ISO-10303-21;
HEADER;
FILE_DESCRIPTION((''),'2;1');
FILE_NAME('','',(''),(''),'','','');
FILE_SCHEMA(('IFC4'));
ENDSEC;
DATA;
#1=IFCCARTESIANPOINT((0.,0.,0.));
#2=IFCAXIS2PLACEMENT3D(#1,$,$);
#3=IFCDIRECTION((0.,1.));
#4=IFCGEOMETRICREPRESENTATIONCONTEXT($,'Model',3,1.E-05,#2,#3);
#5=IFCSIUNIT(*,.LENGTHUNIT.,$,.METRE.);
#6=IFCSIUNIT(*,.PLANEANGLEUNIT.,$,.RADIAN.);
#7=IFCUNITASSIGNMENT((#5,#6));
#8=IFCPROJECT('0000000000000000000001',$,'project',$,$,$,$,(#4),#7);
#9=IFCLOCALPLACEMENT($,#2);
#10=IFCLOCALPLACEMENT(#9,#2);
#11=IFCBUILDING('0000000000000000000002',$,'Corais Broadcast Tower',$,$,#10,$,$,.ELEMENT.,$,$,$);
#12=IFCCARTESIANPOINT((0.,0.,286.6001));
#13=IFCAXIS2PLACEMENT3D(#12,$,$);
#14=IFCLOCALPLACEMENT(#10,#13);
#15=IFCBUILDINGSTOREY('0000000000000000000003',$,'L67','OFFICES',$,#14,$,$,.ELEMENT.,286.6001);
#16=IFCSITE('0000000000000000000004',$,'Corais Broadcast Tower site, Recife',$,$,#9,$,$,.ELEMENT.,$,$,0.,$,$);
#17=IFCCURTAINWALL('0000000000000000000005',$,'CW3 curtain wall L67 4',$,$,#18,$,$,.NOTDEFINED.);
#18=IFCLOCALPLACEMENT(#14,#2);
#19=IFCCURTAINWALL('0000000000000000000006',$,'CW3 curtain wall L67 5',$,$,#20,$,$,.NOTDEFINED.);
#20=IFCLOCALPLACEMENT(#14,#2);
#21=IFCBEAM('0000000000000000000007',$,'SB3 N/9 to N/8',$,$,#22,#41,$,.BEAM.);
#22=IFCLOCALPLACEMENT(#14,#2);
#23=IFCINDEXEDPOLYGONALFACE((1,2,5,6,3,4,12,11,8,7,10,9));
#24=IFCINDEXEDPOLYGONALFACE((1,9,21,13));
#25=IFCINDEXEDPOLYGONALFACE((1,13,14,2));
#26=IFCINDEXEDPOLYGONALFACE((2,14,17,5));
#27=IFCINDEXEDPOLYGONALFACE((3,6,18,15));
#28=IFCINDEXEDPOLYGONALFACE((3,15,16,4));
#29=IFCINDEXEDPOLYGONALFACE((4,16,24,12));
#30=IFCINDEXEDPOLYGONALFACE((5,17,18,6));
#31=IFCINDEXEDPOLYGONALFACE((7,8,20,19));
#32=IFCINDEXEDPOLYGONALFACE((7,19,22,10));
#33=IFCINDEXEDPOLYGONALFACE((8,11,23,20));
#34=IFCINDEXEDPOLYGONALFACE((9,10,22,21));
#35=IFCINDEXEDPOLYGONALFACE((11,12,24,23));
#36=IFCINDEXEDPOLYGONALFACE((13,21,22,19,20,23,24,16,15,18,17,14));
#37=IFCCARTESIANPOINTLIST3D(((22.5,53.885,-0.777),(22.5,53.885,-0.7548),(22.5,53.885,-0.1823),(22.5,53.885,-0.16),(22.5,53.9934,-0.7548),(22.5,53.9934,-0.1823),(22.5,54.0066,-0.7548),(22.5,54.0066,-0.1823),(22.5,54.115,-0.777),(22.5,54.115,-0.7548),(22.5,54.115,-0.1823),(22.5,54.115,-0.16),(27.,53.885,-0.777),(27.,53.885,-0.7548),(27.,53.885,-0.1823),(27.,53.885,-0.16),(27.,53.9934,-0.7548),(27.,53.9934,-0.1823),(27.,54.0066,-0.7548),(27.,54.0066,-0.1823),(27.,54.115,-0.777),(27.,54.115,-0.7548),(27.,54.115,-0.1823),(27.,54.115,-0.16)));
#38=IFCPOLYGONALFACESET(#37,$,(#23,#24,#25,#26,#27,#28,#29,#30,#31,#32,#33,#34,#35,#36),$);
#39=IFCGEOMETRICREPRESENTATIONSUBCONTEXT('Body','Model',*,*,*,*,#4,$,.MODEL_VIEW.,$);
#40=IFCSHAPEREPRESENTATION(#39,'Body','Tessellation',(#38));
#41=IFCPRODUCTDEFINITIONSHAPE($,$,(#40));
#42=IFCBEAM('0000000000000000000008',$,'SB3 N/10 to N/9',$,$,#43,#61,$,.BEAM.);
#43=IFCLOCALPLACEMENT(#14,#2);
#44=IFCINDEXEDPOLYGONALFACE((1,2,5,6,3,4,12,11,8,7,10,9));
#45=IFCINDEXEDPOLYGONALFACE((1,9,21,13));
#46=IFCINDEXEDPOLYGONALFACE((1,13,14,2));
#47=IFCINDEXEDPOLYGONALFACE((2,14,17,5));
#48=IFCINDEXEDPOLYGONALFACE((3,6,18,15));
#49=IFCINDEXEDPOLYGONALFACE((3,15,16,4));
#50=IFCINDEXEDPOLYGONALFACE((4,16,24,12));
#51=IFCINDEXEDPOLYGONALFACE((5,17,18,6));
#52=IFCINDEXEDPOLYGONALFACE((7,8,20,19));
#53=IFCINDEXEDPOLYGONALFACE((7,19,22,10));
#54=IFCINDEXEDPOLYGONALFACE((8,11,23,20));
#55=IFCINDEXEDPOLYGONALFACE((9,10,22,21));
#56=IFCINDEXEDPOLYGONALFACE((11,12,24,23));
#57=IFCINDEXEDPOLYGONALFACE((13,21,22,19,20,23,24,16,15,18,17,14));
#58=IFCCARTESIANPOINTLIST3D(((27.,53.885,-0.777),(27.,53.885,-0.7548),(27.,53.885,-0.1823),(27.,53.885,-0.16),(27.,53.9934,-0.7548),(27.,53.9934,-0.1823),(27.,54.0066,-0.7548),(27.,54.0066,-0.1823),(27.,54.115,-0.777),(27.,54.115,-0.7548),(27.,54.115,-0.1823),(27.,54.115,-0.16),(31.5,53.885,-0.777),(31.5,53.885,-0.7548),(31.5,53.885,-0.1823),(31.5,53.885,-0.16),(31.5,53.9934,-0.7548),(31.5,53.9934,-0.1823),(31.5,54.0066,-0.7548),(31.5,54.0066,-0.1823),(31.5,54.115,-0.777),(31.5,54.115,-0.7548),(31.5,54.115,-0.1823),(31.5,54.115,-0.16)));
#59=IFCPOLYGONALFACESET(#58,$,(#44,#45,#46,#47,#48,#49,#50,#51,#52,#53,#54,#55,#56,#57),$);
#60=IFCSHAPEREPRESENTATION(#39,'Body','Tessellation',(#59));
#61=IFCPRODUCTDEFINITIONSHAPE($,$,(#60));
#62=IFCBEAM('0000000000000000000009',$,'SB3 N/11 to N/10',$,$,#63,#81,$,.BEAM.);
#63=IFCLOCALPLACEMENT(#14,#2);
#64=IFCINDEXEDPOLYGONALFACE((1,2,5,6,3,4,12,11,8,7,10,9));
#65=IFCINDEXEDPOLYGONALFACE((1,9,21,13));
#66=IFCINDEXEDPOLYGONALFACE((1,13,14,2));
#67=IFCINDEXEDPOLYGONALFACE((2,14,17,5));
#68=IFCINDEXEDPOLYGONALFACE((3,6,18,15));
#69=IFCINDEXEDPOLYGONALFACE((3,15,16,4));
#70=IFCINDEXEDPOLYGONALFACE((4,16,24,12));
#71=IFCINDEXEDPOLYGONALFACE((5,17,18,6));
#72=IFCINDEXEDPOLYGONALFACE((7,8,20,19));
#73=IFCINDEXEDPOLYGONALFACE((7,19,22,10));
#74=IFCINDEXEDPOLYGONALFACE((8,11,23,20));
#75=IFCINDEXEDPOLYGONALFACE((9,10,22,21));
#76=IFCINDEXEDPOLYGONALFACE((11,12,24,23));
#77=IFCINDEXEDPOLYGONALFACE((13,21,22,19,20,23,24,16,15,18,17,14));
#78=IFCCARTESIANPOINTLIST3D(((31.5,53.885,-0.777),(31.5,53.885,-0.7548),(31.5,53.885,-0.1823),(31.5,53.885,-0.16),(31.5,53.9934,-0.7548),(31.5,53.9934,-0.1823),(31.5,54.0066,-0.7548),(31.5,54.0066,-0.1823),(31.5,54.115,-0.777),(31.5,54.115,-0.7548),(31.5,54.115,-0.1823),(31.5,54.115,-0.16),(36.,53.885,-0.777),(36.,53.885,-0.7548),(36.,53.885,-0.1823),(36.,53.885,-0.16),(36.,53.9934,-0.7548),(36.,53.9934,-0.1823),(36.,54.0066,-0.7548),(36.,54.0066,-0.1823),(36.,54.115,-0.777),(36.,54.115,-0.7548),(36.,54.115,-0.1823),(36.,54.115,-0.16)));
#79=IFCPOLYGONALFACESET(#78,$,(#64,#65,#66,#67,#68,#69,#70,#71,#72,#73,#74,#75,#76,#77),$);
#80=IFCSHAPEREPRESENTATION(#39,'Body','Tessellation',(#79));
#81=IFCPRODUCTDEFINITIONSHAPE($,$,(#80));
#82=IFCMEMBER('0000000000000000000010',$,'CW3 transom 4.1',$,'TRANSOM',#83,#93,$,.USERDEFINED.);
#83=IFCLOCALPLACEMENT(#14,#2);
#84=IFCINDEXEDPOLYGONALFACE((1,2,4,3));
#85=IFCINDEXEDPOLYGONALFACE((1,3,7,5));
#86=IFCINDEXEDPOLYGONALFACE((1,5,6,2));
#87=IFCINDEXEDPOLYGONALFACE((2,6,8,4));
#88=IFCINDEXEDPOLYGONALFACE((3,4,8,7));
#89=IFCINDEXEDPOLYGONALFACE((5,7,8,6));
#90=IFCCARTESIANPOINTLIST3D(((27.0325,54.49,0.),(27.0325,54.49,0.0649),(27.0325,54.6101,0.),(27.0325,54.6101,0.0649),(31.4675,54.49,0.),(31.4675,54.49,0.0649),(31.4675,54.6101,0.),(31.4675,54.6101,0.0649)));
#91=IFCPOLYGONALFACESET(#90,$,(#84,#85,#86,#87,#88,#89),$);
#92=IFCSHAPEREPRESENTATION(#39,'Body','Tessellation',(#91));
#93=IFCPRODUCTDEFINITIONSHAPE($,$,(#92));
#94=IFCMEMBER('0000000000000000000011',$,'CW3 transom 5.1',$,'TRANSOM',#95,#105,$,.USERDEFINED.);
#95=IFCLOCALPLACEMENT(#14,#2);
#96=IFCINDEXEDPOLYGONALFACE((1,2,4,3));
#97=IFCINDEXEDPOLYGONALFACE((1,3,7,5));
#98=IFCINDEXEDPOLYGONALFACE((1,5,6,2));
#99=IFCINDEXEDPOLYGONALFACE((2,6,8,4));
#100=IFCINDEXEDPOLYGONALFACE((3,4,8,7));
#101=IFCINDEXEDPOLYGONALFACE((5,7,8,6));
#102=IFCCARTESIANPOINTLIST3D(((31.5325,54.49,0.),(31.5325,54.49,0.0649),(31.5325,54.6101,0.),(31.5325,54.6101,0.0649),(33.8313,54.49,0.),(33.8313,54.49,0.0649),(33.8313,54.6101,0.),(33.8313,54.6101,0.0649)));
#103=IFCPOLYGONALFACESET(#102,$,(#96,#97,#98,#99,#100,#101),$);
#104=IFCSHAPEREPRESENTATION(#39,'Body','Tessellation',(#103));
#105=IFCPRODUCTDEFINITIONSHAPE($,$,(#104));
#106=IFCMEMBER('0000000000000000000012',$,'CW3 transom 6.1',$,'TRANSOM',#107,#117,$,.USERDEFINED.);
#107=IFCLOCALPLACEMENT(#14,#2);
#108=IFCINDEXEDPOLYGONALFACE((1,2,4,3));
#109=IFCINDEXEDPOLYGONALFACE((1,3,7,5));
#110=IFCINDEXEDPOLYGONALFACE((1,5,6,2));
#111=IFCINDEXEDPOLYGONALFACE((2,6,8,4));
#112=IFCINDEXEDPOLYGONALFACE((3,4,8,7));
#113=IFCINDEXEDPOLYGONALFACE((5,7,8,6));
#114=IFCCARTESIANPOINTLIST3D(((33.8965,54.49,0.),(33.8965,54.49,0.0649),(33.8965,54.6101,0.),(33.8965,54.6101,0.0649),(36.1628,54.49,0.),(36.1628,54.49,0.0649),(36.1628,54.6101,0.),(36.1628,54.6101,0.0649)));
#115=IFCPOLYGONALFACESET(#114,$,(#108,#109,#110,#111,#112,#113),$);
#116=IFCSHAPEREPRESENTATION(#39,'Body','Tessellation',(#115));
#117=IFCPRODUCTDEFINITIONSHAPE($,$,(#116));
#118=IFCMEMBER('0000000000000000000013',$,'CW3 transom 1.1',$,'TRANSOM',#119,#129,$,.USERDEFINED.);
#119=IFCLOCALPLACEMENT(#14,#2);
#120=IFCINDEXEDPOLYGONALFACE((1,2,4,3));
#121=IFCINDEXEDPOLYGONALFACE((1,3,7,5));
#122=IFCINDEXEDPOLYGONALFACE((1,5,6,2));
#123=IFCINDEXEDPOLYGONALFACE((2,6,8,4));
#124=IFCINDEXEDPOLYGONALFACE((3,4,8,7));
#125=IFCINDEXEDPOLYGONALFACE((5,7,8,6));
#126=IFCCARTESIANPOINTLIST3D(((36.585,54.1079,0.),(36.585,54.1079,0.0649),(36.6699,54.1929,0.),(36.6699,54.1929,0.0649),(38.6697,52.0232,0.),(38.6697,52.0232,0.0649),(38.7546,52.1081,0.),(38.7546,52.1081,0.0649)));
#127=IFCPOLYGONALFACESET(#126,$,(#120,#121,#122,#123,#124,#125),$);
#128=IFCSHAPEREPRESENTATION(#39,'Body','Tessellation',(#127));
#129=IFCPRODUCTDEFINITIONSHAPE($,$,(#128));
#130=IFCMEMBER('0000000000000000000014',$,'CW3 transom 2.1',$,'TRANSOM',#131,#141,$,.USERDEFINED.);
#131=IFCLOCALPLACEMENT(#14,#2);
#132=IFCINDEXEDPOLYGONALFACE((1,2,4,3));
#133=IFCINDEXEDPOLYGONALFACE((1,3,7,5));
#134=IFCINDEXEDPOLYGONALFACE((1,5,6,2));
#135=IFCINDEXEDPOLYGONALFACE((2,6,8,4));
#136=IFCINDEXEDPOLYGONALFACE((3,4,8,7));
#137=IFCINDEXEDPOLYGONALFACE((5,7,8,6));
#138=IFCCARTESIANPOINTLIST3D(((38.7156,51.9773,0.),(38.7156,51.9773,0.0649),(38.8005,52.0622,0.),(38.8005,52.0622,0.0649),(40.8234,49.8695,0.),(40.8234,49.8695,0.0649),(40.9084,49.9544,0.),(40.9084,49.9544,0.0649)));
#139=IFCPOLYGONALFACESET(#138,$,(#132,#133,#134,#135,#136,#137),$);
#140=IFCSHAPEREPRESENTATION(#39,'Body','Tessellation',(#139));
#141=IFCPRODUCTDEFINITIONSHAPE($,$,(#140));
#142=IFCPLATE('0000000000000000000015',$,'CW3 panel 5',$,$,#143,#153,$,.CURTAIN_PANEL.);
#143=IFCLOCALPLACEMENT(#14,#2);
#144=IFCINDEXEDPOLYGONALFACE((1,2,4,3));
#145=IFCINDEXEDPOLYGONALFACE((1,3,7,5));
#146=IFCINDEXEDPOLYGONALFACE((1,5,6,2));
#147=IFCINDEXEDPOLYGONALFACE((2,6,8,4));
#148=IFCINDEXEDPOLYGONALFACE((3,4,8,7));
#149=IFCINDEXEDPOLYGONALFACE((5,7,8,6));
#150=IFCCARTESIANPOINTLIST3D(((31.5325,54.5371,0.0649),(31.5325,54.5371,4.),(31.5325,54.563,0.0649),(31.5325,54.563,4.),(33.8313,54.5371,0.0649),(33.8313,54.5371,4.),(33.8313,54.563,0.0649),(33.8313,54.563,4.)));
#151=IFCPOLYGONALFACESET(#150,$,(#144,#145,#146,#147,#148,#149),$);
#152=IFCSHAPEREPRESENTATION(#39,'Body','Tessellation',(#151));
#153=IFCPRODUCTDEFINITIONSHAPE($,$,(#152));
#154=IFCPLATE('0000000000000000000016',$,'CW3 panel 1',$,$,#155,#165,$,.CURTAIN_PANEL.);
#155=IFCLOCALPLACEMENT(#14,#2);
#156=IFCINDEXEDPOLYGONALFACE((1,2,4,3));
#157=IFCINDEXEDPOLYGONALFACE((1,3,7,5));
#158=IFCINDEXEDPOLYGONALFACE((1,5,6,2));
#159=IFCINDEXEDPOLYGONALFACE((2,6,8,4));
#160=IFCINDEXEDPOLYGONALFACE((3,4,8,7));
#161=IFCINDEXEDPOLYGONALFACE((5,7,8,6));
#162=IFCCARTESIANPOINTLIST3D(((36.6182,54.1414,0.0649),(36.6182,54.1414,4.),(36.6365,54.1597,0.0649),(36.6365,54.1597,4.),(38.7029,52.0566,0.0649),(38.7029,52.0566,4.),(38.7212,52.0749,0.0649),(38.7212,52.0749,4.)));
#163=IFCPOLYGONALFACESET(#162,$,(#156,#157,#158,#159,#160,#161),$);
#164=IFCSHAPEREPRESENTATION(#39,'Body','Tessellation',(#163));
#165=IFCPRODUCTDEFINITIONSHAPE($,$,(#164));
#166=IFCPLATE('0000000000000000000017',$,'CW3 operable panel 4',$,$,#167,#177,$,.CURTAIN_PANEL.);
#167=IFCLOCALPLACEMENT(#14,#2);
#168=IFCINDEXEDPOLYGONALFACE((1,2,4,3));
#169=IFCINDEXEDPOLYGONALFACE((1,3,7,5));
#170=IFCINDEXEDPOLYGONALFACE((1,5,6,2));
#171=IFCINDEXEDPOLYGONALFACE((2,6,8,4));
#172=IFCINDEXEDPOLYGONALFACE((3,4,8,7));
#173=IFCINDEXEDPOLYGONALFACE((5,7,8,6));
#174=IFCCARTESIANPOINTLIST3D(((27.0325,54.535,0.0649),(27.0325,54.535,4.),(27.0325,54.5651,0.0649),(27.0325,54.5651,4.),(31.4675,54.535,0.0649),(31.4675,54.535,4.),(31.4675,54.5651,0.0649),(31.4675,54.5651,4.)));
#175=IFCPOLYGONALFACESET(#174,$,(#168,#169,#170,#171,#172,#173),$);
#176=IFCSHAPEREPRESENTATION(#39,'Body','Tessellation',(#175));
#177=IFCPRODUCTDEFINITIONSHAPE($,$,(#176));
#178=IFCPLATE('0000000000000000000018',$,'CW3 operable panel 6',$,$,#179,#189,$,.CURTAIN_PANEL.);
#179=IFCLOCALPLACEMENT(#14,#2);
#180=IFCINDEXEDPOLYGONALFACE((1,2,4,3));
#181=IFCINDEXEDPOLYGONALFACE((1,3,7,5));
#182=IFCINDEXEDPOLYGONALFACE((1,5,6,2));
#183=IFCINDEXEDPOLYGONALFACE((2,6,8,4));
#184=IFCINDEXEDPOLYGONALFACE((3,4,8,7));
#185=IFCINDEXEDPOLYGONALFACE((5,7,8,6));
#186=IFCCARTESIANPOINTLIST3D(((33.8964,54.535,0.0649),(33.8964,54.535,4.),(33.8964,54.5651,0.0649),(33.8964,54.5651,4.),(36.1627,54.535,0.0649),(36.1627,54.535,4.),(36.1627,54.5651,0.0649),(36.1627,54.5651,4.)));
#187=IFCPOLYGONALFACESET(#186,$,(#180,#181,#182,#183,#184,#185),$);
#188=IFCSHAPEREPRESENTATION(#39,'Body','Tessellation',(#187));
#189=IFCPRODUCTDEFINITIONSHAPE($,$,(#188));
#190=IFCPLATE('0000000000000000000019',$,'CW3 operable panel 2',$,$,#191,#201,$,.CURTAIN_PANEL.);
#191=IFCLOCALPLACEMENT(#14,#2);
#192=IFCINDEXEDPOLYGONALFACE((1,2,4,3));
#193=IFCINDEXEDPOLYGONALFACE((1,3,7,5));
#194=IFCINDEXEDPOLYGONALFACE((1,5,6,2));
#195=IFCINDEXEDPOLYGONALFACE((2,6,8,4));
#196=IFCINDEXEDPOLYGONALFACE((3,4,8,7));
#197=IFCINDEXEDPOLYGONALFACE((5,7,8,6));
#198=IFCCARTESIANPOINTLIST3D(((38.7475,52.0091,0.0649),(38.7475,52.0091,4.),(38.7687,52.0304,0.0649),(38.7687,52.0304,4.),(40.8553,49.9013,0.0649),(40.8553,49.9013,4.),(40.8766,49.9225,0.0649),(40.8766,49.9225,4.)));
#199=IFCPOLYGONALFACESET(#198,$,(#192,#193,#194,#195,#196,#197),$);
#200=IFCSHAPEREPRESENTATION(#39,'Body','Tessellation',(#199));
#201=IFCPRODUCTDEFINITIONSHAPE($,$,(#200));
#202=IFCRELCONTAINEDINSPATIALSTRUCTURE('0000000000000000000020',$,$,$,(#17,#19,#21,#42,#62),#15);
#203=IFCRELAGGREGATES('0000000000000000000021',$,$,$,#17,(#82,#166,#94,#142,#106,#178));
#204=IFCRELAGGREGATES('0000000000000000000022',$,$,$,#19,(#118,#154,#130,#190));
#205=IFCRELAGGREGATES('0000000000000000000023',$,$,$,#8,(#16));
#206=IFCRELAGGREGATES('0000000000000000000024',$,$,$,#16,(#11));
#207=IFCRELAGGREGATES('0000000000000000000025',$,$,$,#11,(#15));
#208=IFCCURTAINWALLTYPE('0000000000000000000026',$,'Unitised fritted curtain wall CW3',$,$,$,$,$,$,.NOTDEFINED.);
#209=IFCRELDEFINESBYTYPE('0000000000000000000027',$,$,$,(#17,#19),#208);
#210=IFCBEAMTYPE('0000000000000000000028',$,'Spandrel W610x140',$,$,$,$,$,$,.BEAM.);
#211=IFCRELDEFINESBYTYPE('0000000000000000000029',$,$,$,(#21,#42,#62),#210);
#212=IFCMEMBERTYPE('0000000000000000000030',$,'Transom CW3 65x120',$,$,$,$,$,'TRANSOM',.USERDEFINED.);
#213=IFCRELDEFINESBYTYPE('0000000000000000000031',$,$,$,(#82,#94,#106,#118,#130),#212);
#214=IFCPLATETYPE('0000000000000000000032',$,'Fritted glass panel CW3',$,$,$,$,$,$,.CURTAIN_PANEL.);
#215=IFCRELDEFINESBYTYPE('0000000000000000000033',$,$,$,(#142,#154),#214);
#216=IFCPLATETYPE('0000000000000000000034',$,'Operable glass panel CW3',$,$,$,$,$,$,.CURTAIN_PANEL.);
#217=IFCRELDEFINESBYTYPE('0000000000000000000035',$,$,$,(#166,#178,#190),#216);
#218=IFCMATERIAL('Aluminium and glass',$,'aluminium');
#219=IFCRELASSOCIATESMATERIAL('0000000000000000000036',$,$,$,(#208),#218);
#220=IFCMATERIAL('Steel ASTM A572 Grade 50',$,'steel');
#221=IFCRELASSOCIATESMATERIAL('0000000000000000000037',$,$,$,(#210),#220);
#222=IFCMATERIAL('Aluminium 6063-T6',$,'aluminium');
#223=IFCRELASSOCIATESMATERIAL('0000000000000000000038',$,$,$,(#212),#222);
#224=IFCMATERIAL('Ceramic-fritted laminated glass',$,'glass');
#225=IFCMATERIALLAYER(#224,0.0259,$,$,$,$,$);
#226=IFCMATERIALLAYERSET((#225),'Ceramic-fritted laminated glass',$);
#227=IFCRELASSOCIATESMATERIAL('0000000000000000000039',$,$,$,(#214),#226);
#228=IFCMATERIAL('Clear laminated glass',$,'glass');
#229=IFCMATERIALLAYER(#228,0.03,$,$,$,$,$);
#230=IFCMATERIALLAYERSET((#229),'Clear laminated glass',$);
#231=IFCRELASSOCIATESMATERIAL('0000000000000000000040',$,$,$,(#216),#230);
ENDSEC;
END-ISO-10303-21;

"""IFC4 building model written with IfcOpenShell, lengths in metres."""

from ifc_helpers import new_model, si_unit, direction, frame, origin, origin_2d, place, context, subcontext, project, spatial, rectangle, i_section, extrude, material, layer, layer_set, material_profile, profile_set, type_object, element, aggregate, save


model = new_model("IFC4")

# Units and contexts
model_context = context("Model", 3, precision=1e-05, world=origin(), true_north=direction((0.0, 1.0)))
body_context = subcontext(model_context, "Body", "Model", "MODEL_VIEW")
ifc_project = project(units=[si_unit("LENGTHUNIT", "METRE"), si_unit("PLANEANGLEUNIT", "RADIAN")], contexts=[model_context])

# Site, building, storey
site_placement = place(None, origin())
site = spatial("IfcSite", under=ifc_project, at=site_placement, Name="Corais Broadcast Tower site, Recife", CompositionType="ELEMENT", RefElevation=0.0)
building_placement = place(site_placement, origin())
building = spatial("IfcBuilding", under=site, at=building_placement, Name="Corais Broadcast Tower", CompositionType="ELEMENT")
storey_placement = place(building_placement, frame((0.0, 0.0, 286.6001)))
storey = spatial("IfcBuildingStorey", under=building, at=storey_placement, Name="L67", Description="OFFICES", CompositionType="ELEMENT", Elevation=286.6001)

# Curtain walls
ifc_material_1 = material(Name="Aluminium and glass", Category="aluminium")
curtain_wall_type = type_object("IfcCurtainWallType", Name="Unitised fritted curtain wall CW3", PredefinedType="NOTDEFINED", material=ifc_material_1)
curtain_wall_1_placement = place(storey_placement, origin())
curtain_wall_1 = element("IfcCurtainWall", 1, at=curtain_wall_1_placement, inside=storey, type_object=curtain_wall_type, Name="CW3 curtain wall L67 4", PredefinedType="NOTDEFINED")
curtain_wall_2_placement = place(storey_placement, origin())
curtain_wall_2 = element("IfcCurtainWall", 2, at=curtain_wall_2_placement, inside=storey, type_object=curtain_wall_type, Name="CW3 curtain wall L67 5", PredefinedType="NOTDEFINED")

# Beams
ifc_material_2 = material(Name="Steel ASTM A572 Grade 50", Category="steel")
ifc_material_profile_1 = material_profile(ifc_material_2, i_section(OverallWidth=0.23, OverallDepth=0.6169, WebThickness=0.0132, FlangeThickness=0.0222, at=origin_2d()), Name="W610x140")
ifc_profile_set_1 = profile_set([ifc_material_profile_1], Name="Steel ASTM A572 Grade 50")
beam_type_1 = type_object("IfcBeamType", Name="Spandrel W610x140", PredefinedType="BEAM", material=ifc_profile_set_1)
for number, where, z_axis, x_axis, name in (
    (3, (27.0, 54.0, -0.4685), (-1.0, 0.0, 0.0), (0.0, -1.0, 0.0), "SB3 N/9 to N/8"),
    (4, (31.5, 54.0, -0.4685), (-1.0, 0.0, 0.0), (0.0, -1.0, 0.0), "SB3 N/10 to N/9"),
    (5, (36.0, 54.0, -0.4685), (-1.0, 0.0, 0.0), (0.0, -1.0, 0.0), "SB3 N/11 to N/10"),
):
    element("IfcBeam", number, at=place(storey_placement, frame(where, z_axis=z_axis, x_axis=x_axis)), inside=storey, type_object=beam_type_1, Name=name, PredefinedType="BEAM", context=body_context, shape_type="SweptSolid", body=[
        extrude(i_section(OverallWidth=0.23, OverallDepth=0.6169, WebThickness=0.0132, FlangeThickness=0.0222, at=origin_2d()), origin(), (0.0, 0.0, 1.0), 4.5),
    ])

# Members
ifc_material_3 = material(Name="Aluminium 6063-T6", Category="aluminium")
ifc_material_profile_2 = material_profile(ifc_material_3, rectangle(XDim=0.1201, YDim=0.0649, at=origin_2d()), Name="Transom CW3 65x120")
ifc_profile_set_2 = profile_set([ifc_material_profile_2], Name="Aluminium 6063-T6")
member_type_1 = type_object("IfcMemberType", Name="Transom CW3 65x120", ElementType="TRANSOM", PredefinedType="USERDEFINED", material=ifc_profile_set_2)
member_1_placement = place(storey_placement, frame((27.0325, 54.55, 0.0325), z_axis=(1.0, 0.0, 0.0), x_axis=(0.0, 1.0, 0.0)))
member_1 = element("IfcMember", 6, at=member_1_placement, type_object=member_type_1, Name="CW3 transom 4.1", ObjectType="TRANSOM", PredefinedType="USERDEFINED", context=body_context, shape_type="SweptSolid", body=[
    extrude(rectangle(XDim=0.1201, YDim=0.0649, at=origin_2d()), origin(), (0.0, 0.0, 1.0), 4.4351),
])
member_2_placement = place(storey_placement, frame((31.5325, 54.55, 0.0325), z_axis=(1.0, 0.0, 0.0), x_axis=(0.0, 1.0, 0.0)))
member_2 = element("IfcMember", 7, at=member_2_placement, type_object=member_type_1, Name="CW3 transom 5.1", ObjectType="TRANSOM", PredefinedType="USERDEFINED", context=body_context, shape_type="SweptSolid", body=[
    extrude(rectangle(XDim=0.1201, YDim=0.0649, at=origin_2d()), origin(), (0.0, 0.0, 1.0), 2.2988),
])
member_3_placement = place(storey_placement, frame((33.8965, 54.55, 0.0325), z_axis=(1.0, 0.0, 0.0), x_axis=(0.0, 1.0, 0.0)))
member_3 = element("IfcMember", 8, at=member_3_placement, type_object=member_type_1, Name="CW3 transom 6.1", ObjectType="TRANSOM", PredefinedType="USERDEFINED", context=body_context, shape_type="SweptSolid", body=[
    extrude(rectangle(XDim=0.1201, YDim=0.0649, at=origin_2d()), origin(), (0.0, 0.0, 1.0), 2.2664),
])
member_4_placement = place(storey_placement, frame((36.6274, 54.1504, 0.0325), z_axis=(0.707107, -0.707107, 0.0), x_axis=(0.707107, 0.707107, 0.0)))
member_4 = element("IfcMember", 9, at=member_4_placement, type_object=member_type_1, Name="CW3 transom 1.1", ObjectType="TRANSOM", PredefinedType="USERDEFINED", context=body_context, shape_type="SweptSolid", body=[
    extrude(rectangle(XDim=0.1201, YDim=0.0649, at=origin_2d()), origin(), (0.0, 0.0, 1.0), 2.9482),
])
member_5_placement = place(storey_placement, frame((38.7581, 52.0198, 0.0325), z_axis=(0.707107, -0.707107, 0.0), x_axis=(0.707107, 0.707107, 0.0)))
member_5 = element("IfcMember", 10, at=member_5_placement, type_object=member_type_1, Name="CW3 transom 2.1", ObjectType="TRANSOM", PredefinedType="USERDEFINED", context=body_context, shape_type="SweptSolid", body=[
    extrude(rectangle(XDim=0.1201, YDim=0.0649, at=origin_2d()), origin(), (0.0, 0.0, 1.0), 2.981),
])

# Plates
ifc_material_4 = material(Name="Ceramic-fritted laminated glass", Category="glass")
ifc_layer_1 = layer(ifc_material_4, 0.0259)
ifc_layer_set_1 = layer_set([ifc_layer_1], Name="Ceramic-fritted laminated glass")
plate_type_1 = type_object("IfcPlateType", Name="Fritted glass panel CW3", PredefinedType="CURTAIN_PANEL", material=ifc_layer_set_1)
plate_1_placement = place(storey_placement, frame((32.6819, 54.55, 0.0649), z_axis=(0.0, 0.0, 1.0), x_axis=(1.0, 0.0, 0.0)))
plate_1 = element("IfcPlate", 11, at=plate_1_placement, type_object=plate_type_1, Name="CW3 panel 5", PredefinedType="CURTAIN_PANEL", context=body_context, shape_type="SweptSolid", body=[
    extrude(rectangle(XDim=2.2988, YDim=0.0259, at=origin_2d()), origin(), (0.0, 0.0, 1.0), 3.9351),
])
plate_2_placement = place(storey_placement, frame((37.6697, 53.1082, 0.0649), z_axis=(0.0, 0.0, 1.0), x_axis=(0.707107, -0.707107, 0.0)))
plate_2 = element("IfcPlate", 12, at=plate_2_placement, type_object=plate_type_1, Name="CW3 panel 1", PredefinedType="CURTAIN_PANEL", context=body_context, shape_type="SweptSolid", body=[
    extrude(rectangle(XDim=2.9482, YDim=0.0259, at=origin_2d()), origin(), (0.0, 0.0, 1.0), 3.9351),
])
ifc_material_5 = material(Name="Clear laminated glass", Category="glass")
ifc_layer_2 = layer(ifc_material_5, 0.03)
ifc_layer_set_2 = layer_set([ifc_layer_2], Name="Clear laminated glass")
plate_type_2 = type_object("IfcPlateType", Name="Operable glass panel CW3", PredefinedType="CURTAIN_PANEL", material=ifc_layer_set_2)
plate_3_placement = place(storey_placement, frame((29.25, 54.55, 0.0649), z_axis=(0.0, 0.0, 1.0), x_axis=(1.0, 0.0, 0.0)))
plate_3 = element("IfcPlate", 13, at=plate_3_placement, type_object=plate_type_2, Name="CW3 operable panel 4", PredefinedType="CURTAIN_PANEL", context=body_context, shape_type="SweptSolid", body=[
    extrude(rectangle(XDim=4.4351, YDim=0.03, at=origin_2d()), origin(), (0.0, 0.0, 1.0), 3.9351),
])
plate_4_placement = place(storey_placement, frame((35.0295, 54.55, 0.0649), z_axis=(0.0, 0.0, 1.0), x_axis=(1.0, 0.0, 0.0)))
plate_4 = element("IfcPlate", 14, at=plate_4_placement, type_object=plate_type_2, Name="CW3 operable panel 6", PredefinedType="CURTAIN_PANEL", context=body_context, shape_type="SweptSolid", body=[
    extrude(rectangle(XDim=2.2664, YDim=0.03, at=origin_2d()), origin(), (0.0, 0.0, 1.0), 3.9351),
])
aggregate(curtain_wall_1, [member_1, plate_3, member_2, plate_1, member_3, plate_4])
plate_5_placement = place(storey_placement, frame((39.812, 50.9658, 0.0649), z_axis=(0.0, 0.0, 1.0), x_axis=(0.707107, -0.707107, 0.0)))
plate_5 = element("IfcPlate", 15, at=plate_5_placement, type_object=plate_type_2, Name="CW3 operable panel 2", PredefinedType="CURTAIN_PANEL", context=body_context, shape_type="SweptSolid", body=[
    extrude(rectangle(XDim=2.981, YDim=0.03, at=origin_2d()), origin(), (0.0, 0.0, 1.0), 3.9351),
])
aggregate(curtain_wall_2, [member_4, plate_2, member_5, plate_5])

save(model, "model.ifc")
